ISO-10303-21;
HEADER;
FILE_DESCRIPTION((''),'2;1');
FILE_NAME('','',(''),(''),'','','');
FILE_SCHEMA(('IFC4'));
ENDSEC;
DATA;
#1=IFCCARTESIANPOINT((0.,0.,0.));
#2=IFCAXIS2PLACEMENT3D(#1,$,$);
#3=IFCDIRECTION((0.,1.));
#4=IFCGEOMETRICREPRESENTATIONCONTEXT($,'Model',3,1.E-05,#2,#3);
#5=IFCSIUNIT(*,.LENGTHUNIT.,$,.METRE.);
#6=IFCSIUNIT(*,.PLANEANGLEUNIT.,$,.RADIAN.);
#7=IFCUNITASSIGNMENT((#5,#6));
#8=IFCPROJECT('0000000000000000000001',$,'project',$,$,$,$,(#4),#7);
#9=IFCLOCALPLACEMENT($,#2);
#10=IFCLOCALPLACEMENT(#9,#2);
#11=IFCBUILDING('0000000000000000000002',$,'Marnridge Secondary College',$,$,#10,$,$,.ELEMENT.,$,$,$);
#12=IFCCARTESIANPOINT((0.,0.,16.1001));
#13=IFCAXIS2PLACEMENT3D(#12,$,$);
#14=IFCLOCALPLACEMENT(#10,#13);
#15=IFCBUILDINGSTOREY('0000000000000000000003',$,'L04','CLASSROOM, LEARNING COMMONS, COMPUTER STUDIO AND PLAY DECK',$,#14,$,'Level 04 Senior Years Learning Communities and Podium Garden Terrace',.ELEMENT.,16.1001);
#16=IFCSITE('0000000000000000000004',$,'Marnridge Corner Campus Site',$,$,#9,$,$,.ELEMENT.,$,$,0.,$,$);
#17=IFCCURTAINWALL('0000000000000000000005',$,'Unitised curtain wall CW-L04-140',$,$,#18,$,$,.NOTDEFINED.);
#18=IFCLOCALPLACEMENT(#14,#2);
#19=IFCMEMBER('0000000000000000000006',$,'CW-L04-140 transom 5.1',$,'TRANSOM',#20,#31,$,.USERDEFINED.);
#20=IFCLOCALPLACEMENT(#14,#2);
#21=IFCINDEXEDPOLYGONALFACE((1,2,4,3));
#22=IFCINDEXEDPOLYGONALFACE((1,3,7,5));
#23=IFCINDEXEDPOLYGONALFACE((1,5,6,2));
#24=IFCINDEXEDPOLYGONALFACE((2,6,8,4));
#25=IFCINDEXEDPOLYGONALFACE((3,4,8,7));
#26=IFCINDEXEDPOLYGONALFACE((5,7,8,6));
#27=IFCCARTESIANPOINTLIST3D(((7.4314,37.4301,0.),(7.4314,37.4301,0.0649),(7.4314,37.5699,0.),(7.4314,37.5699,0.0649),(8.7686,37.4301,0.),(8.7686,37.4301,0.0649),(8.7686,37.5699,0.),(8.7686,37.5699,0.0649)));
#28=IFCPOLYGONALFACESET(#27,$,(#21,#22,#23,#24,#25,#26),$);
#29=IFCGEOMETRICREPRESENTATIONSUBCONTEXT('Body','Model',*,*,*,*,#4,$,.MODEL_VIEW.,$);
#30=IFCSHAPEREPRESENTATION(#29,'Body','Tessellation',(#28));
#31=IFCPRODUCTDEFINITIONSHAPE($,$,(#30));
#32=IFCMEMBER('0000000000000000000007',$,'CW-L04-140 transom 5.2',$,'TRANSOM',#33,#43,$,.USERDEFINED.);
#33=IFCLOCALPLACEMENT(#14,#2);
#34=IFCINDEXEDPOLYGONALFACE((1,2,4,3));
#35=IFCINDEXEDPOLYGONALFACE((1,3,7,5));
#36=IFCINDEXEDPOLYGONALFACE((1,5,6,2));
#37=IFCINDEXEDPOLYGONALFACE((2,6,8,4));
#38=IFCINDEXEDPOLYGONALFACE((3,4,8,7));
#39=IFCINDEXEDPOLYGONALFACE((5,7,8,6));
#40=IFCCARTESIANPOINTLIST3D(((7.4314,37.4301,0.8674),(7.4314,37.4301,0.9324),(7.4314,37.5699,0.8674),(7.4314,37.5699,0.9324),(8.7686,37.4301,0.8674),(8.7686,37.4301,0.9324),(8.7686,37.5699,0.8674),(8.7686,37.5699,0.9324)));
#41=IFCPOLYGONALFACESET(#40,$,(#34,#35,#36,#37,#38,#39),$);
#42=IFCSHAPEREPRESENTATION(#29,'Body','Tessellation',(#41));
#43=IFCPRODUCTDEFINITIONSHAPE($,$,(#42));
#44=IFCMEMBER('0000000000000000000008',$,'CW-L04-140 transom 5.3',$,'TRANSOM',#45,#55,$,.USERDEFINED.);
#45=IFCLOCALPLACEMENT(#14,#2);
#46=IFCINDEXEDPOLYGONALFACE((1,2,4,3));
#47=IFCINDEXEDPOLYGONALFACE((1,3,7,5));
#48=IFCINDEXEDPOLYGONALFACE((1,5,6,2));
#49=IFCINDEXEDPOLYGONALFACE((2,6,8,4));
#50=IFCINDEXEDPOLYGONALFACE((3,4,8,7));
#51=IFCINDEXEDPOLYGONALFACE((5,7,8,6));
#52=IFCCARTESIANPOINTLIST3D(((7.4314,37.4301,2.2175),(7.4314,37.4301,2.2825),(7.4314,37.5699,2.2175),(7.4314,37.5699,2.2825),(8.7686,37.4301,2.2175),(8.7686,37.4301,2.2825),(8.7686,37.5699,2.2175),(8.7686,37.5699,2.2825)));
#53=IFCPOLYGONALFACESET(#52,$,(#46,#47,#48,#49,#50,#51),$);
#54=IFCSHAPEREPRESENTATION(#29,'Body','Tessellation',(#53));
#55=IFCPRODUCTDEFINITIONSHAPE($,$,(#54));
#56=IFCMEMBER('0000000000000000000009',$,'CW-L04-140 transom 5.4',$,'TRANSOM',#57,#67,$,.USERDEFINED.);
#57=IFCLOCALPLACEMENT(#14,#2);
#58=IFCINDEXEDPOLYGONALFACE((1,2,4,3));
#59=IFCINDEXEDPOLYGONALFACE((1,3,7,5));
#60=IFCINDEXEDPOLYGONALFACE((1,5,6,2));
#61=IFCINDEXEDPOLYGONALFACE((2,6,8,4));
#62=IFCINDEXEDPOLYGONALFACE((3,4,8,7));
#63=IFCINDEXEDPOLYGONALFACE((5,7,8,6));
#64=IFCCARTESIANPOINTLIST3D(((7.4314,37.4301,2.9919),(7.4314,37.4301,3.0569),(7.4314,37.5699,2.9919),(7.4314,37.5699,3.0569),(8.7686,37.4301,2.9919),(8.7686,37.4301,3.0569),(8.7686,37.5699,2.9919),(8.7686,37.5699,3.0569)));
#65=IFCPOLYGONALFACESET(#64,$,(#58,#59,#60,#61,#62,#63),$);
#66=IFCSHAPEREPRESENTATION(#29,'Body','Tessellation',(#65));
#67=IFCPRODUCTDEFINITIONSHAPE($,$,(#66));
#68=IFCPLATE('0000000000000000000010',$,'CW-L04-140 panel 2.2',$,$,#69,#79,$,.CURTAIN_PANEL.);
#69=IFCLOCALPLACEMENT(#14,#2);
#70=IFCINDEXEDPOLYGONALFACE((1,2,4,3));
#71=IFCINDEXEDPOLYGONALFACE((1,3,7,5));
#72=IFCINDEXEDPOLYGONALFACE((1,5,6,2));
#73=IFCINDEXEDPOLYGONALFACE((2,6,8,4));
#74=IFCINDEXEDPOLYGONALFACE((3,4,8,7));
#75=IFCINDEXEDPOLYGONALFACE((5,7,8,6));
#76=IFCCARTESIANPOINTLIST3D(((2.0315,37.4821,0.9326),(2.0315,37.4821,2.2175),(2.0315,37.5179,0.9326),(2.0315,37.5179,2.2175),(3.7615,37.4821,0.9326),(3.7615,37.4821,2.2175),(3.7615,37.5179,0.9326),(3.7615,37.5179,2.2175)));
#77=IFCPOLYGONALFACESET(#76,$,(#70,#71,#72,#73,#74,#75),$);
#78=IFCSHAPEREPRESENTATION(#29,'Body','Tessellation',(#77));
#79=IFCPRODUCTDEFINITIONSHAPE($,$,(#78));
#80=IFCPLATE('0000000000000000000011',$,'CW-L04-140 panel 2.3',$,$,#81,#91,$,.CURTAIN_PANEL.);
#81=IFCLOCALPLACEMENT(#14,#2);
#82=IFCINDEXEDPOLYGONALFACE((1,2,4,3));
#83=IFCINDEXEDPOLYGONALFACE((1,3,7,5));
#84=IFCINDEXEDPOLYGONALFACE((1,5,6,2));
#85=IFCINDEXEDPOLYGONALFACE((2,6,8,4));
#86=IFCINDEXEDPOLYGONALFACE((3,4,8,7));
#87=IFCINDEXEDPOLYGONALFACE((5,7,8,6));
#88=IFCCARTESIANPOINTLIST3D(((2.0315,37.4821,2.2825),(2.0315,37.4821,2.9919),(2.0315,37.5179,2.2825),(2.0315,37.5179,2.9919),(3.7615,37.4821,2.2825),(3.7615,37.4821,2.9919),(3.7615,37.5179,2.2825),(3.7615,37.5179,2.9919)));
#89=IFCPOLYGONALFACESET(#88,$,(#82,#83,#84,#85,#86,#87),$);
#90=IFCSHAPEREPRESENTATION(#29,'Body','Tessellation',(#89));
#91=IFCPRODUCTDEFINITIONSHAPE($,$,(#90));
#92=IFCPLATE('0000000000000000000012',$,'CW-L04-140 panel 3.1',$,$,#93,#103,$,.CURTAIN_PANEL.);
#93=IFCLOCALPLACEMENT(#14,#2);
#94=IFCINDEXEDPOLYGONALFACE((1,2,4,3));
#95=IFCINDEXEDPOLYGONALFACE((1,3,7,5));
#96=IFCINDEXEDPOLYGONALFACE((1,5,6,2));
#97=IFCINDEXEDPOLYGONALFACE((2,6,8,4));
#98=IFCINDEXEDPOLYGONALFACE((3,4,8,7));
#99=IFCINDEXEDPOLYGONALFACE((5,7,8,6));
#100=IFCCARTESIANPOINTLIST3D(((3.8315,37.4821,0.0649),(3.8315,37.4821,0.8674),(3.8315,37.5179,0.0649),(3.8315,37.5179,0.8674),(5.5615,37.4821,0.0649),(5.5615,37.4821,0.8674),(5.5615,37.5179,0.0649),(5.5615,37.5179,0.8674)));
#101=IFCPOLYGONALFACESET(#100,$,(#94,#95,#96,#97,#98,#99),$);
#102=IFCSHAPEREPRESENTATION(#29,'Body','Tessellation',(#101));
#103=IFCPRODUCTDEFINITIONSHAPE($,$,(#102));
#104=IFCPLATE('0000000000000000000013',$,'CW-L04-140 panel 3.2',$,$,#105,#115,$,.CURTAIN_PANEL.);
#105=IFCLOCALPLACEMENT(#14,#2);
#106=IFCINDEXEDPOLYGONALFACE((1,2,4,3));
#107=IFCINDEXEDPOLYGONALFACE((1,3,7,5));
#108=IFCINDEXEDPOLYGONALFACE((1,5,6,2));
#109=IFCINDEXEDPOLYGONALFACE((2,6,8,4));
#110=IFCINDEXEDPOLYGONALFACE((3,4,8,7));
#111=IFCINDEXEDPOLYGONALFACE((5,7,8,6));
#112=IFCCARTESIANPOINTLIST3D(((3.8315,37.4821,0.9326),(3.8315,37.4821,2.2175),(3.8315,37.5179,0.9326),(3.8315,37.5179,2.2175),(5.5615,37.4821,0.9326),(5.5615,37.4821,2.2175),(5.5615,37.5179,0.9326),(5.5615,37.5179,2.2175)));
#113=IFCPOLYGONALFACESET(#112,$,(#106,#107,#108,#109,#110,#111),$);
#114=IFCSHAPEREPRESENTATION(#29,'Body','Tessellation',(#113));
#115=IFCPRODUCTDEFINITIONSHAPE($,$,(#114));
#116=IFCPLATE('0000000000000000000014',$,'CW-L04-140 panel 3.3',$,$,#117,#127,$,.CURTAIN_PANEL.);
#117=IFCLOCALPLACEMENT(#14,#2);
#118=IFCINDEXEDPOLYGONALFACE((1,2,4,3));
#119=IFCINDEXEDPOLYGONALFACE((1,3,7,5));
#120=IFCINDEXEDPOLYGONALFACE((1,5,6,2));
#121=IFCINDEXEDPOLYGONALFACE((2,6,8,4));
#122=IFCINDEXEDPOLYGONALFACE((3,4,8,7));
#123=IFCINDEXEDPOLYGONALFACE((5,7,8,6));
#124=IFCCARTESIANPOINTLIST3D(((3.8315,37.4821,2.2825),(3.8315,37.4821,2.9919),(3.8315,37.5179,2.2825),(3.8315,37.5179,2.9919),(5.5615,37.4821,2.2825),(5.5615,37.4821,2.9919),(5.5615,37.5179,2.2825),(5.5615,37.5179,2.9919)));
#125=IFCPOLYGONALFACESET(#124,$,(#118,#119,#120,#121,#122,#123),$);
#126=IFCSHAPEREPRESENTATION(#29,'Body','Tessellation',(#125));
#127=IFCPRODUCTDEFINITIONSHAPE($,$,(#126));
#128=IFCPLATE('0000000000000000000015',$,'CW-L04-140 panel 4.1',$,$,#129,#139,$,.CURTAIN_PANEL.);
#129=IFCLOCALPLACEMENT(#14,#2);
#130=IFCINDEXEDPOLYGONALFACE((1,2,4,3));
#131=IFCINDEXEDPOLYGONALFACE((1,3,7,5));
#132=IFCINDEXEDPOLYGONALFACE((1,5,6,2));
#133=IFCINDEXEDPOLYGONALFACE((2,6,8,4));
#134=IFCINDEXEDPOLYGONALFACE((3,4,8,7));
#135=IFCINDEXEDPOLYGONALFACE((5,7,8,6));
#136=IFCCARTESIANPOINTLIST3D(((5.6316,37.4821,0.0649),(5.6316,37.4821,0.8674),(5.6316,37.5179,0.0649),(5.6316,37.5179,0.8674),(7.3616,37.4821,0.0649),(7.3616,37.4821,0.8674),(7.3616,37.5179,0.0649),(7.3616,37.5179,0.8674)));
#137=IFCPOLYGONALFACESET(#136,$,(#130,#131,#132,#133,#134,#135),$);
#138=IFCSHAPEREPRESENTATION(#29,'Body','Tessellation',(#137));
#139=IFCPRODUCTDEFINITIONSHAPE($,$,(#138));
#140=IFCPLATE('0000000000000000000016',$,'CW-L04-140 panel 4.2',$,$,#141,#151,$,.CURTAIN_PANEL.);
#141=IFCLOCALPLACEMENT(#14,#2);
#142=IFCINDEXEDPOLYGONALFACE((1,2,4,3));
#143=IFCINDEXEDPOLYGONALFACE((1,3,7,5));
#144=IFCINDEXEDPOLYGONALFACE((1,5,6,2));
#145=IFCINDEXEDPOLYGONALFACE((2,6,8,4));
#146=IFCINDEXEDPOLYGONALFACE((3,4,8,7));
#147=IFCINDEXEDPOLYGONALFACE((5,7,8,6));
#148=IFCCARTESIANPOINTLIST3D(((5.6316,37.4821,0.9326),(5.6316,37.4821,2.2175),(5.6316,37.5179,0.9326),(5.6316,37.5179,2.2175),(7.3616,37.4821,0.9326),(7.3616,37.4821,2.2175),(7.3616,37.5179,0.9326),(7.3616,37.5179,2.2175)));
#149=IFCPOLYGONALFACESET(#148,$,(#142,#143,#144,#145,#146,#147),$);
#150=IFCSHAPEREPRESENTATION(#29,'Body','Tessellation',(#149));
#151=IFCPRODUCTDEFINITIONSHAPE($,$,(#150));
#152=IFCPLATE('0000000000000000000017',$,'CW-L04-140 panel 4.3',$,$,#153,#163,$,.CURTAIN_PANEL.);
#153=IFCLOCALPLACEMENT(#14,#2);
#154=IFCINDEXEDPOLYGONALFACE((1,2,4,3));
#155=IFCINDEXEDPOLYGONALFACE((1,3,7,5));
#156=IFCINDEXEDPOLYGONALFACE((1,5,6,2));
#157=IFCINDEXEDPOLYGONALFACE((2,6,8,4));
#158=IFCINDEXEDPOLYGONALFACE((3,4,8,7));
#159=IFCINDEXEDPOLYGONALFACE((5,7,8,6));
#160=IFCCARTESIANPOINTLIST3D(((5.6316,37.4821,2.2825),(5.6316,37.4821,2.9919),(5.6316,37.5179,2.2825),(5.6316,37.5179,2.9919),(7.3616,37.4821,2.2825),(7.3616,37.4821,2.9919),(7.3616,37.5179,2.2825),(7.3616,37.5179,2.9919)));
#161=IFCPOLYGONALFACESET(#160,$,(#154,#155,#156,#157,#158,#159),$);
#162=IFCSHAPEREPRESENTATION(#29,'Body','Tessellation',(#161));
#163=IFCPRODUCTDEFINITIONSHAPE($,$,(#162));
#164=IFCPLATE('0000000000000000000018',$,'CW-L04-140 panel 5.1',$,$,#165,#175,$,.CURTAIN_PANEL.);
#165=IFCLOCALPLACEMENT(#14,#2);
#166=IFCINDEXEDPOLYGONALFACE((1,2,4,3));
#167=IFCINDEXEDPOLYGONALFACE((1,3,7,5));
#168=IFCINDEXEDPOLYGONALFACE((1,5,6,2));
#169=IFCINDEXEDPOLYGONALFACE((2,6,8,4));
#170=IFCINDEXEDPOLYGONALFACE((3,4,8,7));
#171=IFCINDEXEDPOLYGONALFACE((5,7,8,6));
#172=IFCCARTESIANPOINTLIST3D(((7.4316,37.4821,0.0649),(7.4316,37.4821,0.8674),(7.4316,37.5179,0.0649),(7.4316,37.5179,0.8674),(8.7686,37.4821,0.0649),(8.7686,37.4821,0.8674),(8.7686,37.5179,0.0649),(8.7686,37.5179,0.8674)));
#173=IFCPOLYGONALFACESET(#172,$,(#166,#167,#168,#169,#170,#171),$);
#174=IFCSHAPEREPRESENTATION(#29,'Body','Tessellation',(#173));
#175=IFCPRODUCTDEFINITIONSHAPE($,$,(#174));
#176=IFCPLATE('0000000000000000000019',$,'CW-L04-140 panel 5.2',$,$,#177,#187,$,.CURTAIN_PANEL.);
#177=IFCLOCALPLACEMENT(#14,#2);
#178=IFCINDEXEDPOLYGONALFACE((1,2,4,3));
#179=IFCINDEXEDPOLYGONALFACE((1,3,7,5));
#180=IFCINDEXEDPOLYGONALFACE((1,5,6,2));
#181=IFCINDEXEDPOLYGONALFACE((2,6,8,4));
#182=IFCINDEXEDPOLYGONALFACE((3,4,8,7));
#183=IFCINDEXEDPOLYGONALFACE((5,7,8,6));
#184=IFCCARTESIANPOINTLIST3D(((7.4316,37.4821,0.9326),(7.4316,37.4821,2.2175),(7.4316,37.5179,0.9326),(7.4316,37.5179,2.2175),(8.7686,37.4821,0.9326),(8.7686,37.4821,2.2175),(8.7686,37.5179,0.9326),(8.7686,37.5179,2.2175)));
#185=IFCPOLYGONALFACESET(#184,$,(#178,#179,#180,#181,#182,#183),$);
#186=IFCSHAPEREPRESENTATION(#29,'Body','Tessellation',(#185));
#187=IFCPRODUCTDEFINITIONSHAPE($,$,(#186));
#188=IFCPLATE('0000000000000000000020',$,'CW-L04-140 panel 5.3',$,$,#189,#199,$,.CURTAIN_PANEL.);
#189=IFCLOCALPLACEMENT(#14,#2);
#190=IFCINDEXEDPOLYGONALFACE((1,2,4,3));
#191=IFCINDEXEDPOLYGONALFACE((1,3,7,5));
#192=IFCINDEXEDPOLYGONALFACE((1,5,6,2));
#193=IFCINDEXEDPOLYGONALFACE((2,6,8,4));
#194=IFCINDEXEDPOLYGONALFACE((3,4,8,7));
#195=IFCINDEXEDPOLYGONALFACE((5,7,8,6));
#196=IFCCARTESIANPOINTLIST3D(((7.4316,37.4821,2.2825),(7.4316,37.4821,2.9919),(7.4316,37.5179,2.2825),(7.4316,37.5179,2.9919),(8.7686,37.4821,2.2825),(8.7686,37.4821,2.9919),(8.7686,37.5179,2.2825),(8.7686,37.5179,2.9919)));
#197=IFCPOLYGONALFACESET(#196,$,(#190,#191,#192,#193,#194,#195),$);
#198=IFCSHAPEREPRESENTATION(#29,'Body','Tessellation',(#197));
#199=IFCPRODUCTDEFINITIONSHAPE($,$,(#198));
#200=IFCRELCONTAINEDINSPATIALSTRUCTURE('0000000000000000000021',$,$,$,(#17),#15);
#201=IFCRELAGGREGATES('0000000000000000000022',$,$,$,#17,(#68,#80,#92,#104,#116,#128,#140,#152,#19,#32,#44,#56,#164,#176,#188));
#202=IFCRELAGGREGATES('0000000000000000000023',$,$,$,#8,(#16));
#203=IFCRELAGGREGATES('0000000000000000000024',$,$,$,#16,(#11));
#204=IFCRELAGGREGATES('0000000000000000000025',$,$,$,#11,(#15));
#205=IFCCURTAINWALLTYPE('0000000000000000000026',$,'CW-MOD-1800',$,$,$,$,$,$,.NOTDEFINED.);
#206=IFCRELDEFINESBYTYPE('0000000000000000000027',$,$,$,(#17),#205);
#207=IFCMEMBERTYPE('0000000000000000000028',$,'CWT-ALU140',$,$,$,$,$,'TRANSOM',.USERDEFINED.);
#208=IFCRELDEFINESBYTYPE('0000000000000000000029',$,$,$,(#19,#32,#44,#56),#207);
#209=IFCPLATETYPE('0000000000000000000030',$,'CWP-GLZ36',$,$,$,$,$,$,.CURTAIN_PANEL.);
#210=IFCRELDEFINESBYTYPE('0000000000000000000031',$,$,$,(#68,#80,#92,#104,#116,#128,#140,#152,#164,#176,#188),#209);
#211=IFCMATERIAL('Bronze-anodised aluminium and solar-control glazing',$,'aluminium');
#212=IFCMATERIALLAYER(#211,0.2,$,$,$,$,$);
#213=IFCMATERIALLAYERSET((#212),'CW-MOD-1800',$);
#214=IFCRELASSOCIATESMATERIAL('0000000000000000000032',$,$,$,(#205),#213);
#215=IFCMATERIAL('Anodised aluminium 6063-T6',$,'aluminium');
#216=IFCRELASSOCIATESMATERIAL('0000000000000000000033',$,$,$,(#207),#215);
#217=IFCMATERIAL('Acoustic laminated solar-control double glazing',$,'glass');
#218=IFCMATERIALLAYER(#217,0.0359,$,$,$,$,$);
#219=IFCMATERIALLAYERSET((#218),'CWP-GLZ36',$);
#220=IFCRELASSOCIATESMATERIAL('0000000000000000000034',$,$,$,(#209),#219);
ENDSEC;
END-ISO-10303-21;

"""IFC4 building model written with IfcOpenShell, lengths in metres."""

from ifc_helpers import new_model, si_unit, direction, frame, origin, origin_2d, place, context, subcontext, project, spatial, rectangle, extrude, material, layer, layer_set, material_profile, profile_set, type_object, element, aggregate, save


model = new_model("IFC4")

# Units and contexts
model_context = context("Model", 3, precision=1e-05, world=origin(), true_north=direction((0.0, 1.0)))
body_context = subcontext(model_context, "Body", "Model", "MODEL_VIEW")
ifc_project = project(units=[si_unit("LENGTHUNIT", "METRE"), si_unit("PLANEANGLEUNIT", "RADIAN")], contexts=[model_context])

# Site, building, storey
site_placement = place(None, origin())
site = spatial("IfcSite", under=ifc_project, at=site_placement, Name="Marnridge Corner Campus Site", CompositionType="ELEMENT", RefElevation=0.0)
building_placement = place(site_placement, origin())
building = spatial("IfcBuilding", under=site, at=building_placement, Name="Marnridge Secondary College", CompositionType="ELEMENT")
storey_placement = place(building_placement, frame((0.0, 0.0, 16.1001)))
storey = spatial("IfcBuildingStorey", under=building, at=storey_placement, Name="L04", Description="CLASSROOM, LEARNING COMMONS, COMPUTER STUDIO AND PLAY DECK", LongName="Level 04 Senior Years Learning Communities and Podium Garden Terrace", CompositionType="ELEMENT", Elevation=16.1001)

# Curtain wall, members, plates
ifc_material_1 = material(Name="Bronze-anodised aluminium and solar-control glazing", Category="aluminium")
ifc_layer_1 = layer(ifc_material_1, 0.2)
ifc_layer_set_1 = layer_set([ifc_layer_1], Name="CW-MOD-1800")
curtain_wall_type = type_object("IfcCurtainWallType", Name="CW-MOD-1800", PredefinedType="NOTDEFINED", material=ifc_layer_set_1)
curtain_wall_placement = place(storey_placement, origin())
curtain_wall = element("IfcCurtainWall", 1, at=curtain_wall_placement, inside=storey, type_object=curtain_wall_type, Name="Unitised curtain wall CW-L04-140", PredefinedType="NOTDEFINED")
ifc_material_2 = material(Name="Anodised aluminium 6063-T6", Category="aluminium")
ifc_material_profile_1 = material_profile(ifc_material_2, rectangle(XDim=0.0649, YDim=0.1399, at=origin_2d()), Name="ALU 65x140")
ifc_profile_set_1 = profile_set([ifc_material_profile_1], Name="Anodised aluminium 6063-T6")
member_type_1 = type_object("IfcMemberType", Name="CWT-ALU140", ElementType="TRANSOM", PredefinedType="USERDEFINED", material=ifc_profile_set_1)
member_1_placement = place(storey_placement, frame((7.4314, 37.5, 0.0325), z_axis=(1.0, 0.0, 0.0), x_axis=(0.0, 0.0, 1.0)))
member_1 = element("IfcMember", 2, at=member_1_placement, type_object=member_type_1, Name="CW-L04-140 transom 5.1", ObjectType="TRANSOM", PredefinedType="USERDEFINED", context=body_context, shape_type="SweptSolid", body=[
    extrude(rectangle(XDim=0.0649, YDim=0.1399, at=origin_2d()), origin(), (0.0, 0.0, 1.0), 1.3372),
])
member_2_placement = place(storey_placement, frame((7.4314, 37.5, 0.8999), z_axis=(1.0, 0.0, 0.0), x_axis=(0.0, 0.0, 1.0)))
member_2 = element("IfcMember", 3, at=member_2_placement, type_object=member_type_1, Name="CW-L04-140 transom 5.2", ObjectType="TRANSOM", PredefinedType="USERDEFINED", context=body_context, shape_type="SweptSolid", body=[
    extrude(rectangle(XDim=0.0649, YDim=0.1399, at=origin_2d()), origin(), (0.0, 0.0, 1.0), 1.3372),
])
member_3_placement = place(storey_placement, frame((7.4314, 37.5, 2.25), z_axis=(1.0, 0.0, 0.0), x_axis=(0.0, 0.0, 1.0)))
member_3 = element("IfcMember", 4, at=member_3_placement, type_object=member_type_1, Name="CW-L04-140 transom 5.3", ObjectType="TRANSOM", PredefinedType="USERDEFINED", context=body_context, shape_type="SweptSolid", body=[
    extrude(rectangle(XDim=0.0649, YDim=0.1399, at=origin_2d()), origin(), (0.0, 0.0, 1.0), 1.3372),
])
member_4_placement = place(storey_placement, frame((7.4314, 37.5, 3.0244), z_axis=(1.0, 0.0, 0.0), x_axis=(0.0, 0.0, 1.0)))
member_4 = element("IfcMember", 5, at=member_4_placement, type_object=member_type_1, Name="CW-L04-140 transom 5.4", ObjectType="TRANSOM", PredefinedType="USERDEFINED", context=body_context, shape_type="SweptSolid", body=[
    extrude(rectangle(XDim=0.0649, YDim=0.1399, at=origin_2d()), origin(), (0.0, 0.0, 1.0), 1.3372),
])
ifc_material_3 = material(Name="Acoustic laminated solar-control double glazing", Category="glass")
ifc_layer_2 = layer(ifc_material_3, 0.0359)
ifc_layer_set_2 = layer_set([ifc_layer_2], Name="CWP-GLZ36")
plate_type = type_object("IfcPlateType", Name="CWP-GLZ36", PredefinedType="CURTAIN_PANEL", material=ifc_layer_set_2)
plate_1_placement = place(storey_placement, frame((2.8965, 37.5, 0.9326), z_axis=(0.0, 0.0, 1.0), x_axis=(1.0, 0.0, 0.0)))
plate_1 = element("IfcPlate", 6, at=plate_1_placement, type_object=plate_type, Name="CW-L04-140 panel 2.2", PredefinedType="CURTAIN_PANEL", context=body_context, shape_type="SweptSolid", body=[
    extrude(rectangle(XDim=1.73, YDim=0.0359, at=origin_2d()), origin(), (0.0, 0.0, 1.0), 1.2849),
])
plate_2_placement = place(storey_placement, frame((2.8965, 37.5, 2.2825), z_axis=(0.0, 0.0, 1.0), x_axis=(1.0, 0.0, 0.0)))
plate_2 = element("IfcPlate", 7, at=plate_2_placement, type_object=plate_type, Name="CW-L04-140 panel 2.3", PredefinedType="CURTAIN_PANEL", context=body_context, shape_type="SweptSolid", body=[
    extrude(rectangle(XDim=1.73, YDim=0.0359, at=origin_2d()), origin(), (0.0, 0.0, 1.0), 0.7095),
])
plate_3_placement = place(storey_placement, frame((4.6965, 37.5, 0.0649), z_axis=(0.0, 0.0, 1.0), x_axis=(1.0, 0.0, 0.0)))
plate_3 = element("IfcPlate", 8, at=plate_3_placement, type_object=plate_type, Name="CW-L04-140 panel 3.1", PredefinedType="CURTAIN_PANEL", context=body_context, shape_type="SweptSolid", body=[
    extrude(rectangle(XDim=1.73, YDim=0.0359, at=origin_2d()), origin(), (0.0, 0.0, 1.0), 0.8025),
])
plate_4_placement = place(storey_placement, frame((4.6965, 37.5, 0.9326), z_axis=(0.0, 0.0, 1.0), x_axis=(1.0, 0.0, 0.0)))
plate_4 = element("IfcPlate", 9, at=plate_4_placement, type_object=plate_type, Name="CW-L04-140 panel 3.2", PredefinedType="CURTAIN_PANEL", context=body_context, shape_type="SweptSolid", body=[
    extrude(rectangle(XDim=1.73, YDim=0.0359, at=origin_2d()), origin(), (0.0, 0.0, 1.0), 1.2849),
])
plate_5_placement = place(storey_placement, frame((4.6965, 37.5, 2.2825), z_axis=(0.0, 0.0, 1.0), x_axis=(1.0, 0.0, 0.0)))
plate_5 = element("IfcPlate", 10, at=plate_5_placement, type_object=plate_type, Name="CW-L04-140 panel 3.3", PredefinedType="CURTAIN_PANEL", context=body_context, shape_type="SweptSolid", body=[
    extrude(rectangle(XDim=1.73, YDim=0.0359, at=origin_2d()), origin(), (0.0, 0.0, 1.0), 0.7095),
])
plate_6_placement = place(storey_placement, frame((6.4966, 37.5, 0.0649), z_axis=(0.0, 0.0, 1.0), x_axis=(1.0, 0.0, 0.0)))
plate_6 = element("IfcPlate", 11, at=plate_6_placement, type_object=plate_type, Name="CW-L04-140 panel 4.1", PredefinedType="CURTAIN_PANEL", context=body_context, shape_type="SweptSolid", body=[
    extrude(rectangle(XDim=1.73, YDim=0.0359, at=origin_2d()), origin(), (0.0, 0.0, 1.0), 0.8025),
])
plate_7_placement = place(storey_placement, frame((6.4966, 37.5, 0.9326), z_axis=(0.0, 0.0, 1.0), x_axis=(1.0, 0.0, 0.0)))
plate_7 = element("IfcPlate", 12, at=plate_7_placement, type_object=plate_type, Name="CW-L04-140 panel 4.2", PredefinedType="CURTAIN_PANEL", context=body_context, shape_type="SweptSolid", body=[
    extrude(rectangle(XDim=1.73, YDim=0.0359, at=origin_2d()), origin(), (0.0, 0.0, 1.0), 1.2849),
])
plate_8_placement = place(storey_placement, frame((6.4966, 37.5, 2.2825), z_axis=(0.0, 0.0, 1.0), x_axis=(1.0, 0.0, 0.0)))
plate_8 = element("IfcPlate", 13, at=plate_8_placement, type_object=plate_type, Name="CW-L04-140 panel 4.3", PredefinedType="CURTAIN_PANEL", context=body_context, shape_type="SweptSolid", body=[
    extrude(rectangle(XDim=1.73, YDim=0.0359, at=origin_2d()), origin(), (0.0, 0.0, 1.0), 0.7095),
])
plate_9_placement = place(storey_placement, frame((8.1001, 37.5, 0.0649), z_axis=(0.0, 0.0, 1.0), x_axis=(1.0, 0.0, 0.0)))
plate_9 = element("IfcPlate", 14, at=plate_9_placement, type_object=plate_type, Name="CW-L04-140 panel 5.1", PredefinedType="CURTAIN_PANEL", context=body_context, shape_type="SweptSolid", body=[
    extrude(rectangle(XDim=1.3369, YDim=0.0359, at=origin_2d()), origin(), (0.0, 0.0, 1.0), 0.8025),
])
plate_10_placement = place(storey_placement, frame((8.1001, 37.5, 0.9326), z_axis=(0.0, 0.0, 1.0), x_axis=(1.0, 0.0, 0.0)))
plate_10 = element("IfcPlate", 15, at=plate_10_placement, type_object=plate_type, Name="CW-L04-140 panel 5.2", PredefinedType="CURTAIN_PANEL", context=body_context, shape_type="SweptSolid", body=[
    extrude(rectangle(XDim=1.3369, YDim=0.0359, at=origin_2d()), origin(), (0.0, 0.0, 1.0), 1.2849),
])
plate_11_placement = place(storey_placement, frame((8.1001, 37.5, 2.2825), z_axis=(0.0, 0.0, 1.0), x_axis=(1.0, 0.0, 0.0)))
plate_11 = element("IfcPlate", 16, at=plate_11_placement, type_object=plate_type, Name="CW-L04-140 panel 5.3", PredefinedType="CURTAIN_PANEL", context=body_context, shape_type="SweptSolid", body=[
    extrude(rectangle(XDim=1.3369, YDim=0.0359, at=origin_2d()), origin(), (0.0, 0.0, 1.0), 0.7095),
])
aggregate(curtain_wall, [plate_1, plate_2, plate_3, plate_4, plate_5, plate_6, plate_7, plate_8, member_1, member_2, member_3, member_4, plate_9, plate_10, plate_11])

save(model, "model.ifc")
